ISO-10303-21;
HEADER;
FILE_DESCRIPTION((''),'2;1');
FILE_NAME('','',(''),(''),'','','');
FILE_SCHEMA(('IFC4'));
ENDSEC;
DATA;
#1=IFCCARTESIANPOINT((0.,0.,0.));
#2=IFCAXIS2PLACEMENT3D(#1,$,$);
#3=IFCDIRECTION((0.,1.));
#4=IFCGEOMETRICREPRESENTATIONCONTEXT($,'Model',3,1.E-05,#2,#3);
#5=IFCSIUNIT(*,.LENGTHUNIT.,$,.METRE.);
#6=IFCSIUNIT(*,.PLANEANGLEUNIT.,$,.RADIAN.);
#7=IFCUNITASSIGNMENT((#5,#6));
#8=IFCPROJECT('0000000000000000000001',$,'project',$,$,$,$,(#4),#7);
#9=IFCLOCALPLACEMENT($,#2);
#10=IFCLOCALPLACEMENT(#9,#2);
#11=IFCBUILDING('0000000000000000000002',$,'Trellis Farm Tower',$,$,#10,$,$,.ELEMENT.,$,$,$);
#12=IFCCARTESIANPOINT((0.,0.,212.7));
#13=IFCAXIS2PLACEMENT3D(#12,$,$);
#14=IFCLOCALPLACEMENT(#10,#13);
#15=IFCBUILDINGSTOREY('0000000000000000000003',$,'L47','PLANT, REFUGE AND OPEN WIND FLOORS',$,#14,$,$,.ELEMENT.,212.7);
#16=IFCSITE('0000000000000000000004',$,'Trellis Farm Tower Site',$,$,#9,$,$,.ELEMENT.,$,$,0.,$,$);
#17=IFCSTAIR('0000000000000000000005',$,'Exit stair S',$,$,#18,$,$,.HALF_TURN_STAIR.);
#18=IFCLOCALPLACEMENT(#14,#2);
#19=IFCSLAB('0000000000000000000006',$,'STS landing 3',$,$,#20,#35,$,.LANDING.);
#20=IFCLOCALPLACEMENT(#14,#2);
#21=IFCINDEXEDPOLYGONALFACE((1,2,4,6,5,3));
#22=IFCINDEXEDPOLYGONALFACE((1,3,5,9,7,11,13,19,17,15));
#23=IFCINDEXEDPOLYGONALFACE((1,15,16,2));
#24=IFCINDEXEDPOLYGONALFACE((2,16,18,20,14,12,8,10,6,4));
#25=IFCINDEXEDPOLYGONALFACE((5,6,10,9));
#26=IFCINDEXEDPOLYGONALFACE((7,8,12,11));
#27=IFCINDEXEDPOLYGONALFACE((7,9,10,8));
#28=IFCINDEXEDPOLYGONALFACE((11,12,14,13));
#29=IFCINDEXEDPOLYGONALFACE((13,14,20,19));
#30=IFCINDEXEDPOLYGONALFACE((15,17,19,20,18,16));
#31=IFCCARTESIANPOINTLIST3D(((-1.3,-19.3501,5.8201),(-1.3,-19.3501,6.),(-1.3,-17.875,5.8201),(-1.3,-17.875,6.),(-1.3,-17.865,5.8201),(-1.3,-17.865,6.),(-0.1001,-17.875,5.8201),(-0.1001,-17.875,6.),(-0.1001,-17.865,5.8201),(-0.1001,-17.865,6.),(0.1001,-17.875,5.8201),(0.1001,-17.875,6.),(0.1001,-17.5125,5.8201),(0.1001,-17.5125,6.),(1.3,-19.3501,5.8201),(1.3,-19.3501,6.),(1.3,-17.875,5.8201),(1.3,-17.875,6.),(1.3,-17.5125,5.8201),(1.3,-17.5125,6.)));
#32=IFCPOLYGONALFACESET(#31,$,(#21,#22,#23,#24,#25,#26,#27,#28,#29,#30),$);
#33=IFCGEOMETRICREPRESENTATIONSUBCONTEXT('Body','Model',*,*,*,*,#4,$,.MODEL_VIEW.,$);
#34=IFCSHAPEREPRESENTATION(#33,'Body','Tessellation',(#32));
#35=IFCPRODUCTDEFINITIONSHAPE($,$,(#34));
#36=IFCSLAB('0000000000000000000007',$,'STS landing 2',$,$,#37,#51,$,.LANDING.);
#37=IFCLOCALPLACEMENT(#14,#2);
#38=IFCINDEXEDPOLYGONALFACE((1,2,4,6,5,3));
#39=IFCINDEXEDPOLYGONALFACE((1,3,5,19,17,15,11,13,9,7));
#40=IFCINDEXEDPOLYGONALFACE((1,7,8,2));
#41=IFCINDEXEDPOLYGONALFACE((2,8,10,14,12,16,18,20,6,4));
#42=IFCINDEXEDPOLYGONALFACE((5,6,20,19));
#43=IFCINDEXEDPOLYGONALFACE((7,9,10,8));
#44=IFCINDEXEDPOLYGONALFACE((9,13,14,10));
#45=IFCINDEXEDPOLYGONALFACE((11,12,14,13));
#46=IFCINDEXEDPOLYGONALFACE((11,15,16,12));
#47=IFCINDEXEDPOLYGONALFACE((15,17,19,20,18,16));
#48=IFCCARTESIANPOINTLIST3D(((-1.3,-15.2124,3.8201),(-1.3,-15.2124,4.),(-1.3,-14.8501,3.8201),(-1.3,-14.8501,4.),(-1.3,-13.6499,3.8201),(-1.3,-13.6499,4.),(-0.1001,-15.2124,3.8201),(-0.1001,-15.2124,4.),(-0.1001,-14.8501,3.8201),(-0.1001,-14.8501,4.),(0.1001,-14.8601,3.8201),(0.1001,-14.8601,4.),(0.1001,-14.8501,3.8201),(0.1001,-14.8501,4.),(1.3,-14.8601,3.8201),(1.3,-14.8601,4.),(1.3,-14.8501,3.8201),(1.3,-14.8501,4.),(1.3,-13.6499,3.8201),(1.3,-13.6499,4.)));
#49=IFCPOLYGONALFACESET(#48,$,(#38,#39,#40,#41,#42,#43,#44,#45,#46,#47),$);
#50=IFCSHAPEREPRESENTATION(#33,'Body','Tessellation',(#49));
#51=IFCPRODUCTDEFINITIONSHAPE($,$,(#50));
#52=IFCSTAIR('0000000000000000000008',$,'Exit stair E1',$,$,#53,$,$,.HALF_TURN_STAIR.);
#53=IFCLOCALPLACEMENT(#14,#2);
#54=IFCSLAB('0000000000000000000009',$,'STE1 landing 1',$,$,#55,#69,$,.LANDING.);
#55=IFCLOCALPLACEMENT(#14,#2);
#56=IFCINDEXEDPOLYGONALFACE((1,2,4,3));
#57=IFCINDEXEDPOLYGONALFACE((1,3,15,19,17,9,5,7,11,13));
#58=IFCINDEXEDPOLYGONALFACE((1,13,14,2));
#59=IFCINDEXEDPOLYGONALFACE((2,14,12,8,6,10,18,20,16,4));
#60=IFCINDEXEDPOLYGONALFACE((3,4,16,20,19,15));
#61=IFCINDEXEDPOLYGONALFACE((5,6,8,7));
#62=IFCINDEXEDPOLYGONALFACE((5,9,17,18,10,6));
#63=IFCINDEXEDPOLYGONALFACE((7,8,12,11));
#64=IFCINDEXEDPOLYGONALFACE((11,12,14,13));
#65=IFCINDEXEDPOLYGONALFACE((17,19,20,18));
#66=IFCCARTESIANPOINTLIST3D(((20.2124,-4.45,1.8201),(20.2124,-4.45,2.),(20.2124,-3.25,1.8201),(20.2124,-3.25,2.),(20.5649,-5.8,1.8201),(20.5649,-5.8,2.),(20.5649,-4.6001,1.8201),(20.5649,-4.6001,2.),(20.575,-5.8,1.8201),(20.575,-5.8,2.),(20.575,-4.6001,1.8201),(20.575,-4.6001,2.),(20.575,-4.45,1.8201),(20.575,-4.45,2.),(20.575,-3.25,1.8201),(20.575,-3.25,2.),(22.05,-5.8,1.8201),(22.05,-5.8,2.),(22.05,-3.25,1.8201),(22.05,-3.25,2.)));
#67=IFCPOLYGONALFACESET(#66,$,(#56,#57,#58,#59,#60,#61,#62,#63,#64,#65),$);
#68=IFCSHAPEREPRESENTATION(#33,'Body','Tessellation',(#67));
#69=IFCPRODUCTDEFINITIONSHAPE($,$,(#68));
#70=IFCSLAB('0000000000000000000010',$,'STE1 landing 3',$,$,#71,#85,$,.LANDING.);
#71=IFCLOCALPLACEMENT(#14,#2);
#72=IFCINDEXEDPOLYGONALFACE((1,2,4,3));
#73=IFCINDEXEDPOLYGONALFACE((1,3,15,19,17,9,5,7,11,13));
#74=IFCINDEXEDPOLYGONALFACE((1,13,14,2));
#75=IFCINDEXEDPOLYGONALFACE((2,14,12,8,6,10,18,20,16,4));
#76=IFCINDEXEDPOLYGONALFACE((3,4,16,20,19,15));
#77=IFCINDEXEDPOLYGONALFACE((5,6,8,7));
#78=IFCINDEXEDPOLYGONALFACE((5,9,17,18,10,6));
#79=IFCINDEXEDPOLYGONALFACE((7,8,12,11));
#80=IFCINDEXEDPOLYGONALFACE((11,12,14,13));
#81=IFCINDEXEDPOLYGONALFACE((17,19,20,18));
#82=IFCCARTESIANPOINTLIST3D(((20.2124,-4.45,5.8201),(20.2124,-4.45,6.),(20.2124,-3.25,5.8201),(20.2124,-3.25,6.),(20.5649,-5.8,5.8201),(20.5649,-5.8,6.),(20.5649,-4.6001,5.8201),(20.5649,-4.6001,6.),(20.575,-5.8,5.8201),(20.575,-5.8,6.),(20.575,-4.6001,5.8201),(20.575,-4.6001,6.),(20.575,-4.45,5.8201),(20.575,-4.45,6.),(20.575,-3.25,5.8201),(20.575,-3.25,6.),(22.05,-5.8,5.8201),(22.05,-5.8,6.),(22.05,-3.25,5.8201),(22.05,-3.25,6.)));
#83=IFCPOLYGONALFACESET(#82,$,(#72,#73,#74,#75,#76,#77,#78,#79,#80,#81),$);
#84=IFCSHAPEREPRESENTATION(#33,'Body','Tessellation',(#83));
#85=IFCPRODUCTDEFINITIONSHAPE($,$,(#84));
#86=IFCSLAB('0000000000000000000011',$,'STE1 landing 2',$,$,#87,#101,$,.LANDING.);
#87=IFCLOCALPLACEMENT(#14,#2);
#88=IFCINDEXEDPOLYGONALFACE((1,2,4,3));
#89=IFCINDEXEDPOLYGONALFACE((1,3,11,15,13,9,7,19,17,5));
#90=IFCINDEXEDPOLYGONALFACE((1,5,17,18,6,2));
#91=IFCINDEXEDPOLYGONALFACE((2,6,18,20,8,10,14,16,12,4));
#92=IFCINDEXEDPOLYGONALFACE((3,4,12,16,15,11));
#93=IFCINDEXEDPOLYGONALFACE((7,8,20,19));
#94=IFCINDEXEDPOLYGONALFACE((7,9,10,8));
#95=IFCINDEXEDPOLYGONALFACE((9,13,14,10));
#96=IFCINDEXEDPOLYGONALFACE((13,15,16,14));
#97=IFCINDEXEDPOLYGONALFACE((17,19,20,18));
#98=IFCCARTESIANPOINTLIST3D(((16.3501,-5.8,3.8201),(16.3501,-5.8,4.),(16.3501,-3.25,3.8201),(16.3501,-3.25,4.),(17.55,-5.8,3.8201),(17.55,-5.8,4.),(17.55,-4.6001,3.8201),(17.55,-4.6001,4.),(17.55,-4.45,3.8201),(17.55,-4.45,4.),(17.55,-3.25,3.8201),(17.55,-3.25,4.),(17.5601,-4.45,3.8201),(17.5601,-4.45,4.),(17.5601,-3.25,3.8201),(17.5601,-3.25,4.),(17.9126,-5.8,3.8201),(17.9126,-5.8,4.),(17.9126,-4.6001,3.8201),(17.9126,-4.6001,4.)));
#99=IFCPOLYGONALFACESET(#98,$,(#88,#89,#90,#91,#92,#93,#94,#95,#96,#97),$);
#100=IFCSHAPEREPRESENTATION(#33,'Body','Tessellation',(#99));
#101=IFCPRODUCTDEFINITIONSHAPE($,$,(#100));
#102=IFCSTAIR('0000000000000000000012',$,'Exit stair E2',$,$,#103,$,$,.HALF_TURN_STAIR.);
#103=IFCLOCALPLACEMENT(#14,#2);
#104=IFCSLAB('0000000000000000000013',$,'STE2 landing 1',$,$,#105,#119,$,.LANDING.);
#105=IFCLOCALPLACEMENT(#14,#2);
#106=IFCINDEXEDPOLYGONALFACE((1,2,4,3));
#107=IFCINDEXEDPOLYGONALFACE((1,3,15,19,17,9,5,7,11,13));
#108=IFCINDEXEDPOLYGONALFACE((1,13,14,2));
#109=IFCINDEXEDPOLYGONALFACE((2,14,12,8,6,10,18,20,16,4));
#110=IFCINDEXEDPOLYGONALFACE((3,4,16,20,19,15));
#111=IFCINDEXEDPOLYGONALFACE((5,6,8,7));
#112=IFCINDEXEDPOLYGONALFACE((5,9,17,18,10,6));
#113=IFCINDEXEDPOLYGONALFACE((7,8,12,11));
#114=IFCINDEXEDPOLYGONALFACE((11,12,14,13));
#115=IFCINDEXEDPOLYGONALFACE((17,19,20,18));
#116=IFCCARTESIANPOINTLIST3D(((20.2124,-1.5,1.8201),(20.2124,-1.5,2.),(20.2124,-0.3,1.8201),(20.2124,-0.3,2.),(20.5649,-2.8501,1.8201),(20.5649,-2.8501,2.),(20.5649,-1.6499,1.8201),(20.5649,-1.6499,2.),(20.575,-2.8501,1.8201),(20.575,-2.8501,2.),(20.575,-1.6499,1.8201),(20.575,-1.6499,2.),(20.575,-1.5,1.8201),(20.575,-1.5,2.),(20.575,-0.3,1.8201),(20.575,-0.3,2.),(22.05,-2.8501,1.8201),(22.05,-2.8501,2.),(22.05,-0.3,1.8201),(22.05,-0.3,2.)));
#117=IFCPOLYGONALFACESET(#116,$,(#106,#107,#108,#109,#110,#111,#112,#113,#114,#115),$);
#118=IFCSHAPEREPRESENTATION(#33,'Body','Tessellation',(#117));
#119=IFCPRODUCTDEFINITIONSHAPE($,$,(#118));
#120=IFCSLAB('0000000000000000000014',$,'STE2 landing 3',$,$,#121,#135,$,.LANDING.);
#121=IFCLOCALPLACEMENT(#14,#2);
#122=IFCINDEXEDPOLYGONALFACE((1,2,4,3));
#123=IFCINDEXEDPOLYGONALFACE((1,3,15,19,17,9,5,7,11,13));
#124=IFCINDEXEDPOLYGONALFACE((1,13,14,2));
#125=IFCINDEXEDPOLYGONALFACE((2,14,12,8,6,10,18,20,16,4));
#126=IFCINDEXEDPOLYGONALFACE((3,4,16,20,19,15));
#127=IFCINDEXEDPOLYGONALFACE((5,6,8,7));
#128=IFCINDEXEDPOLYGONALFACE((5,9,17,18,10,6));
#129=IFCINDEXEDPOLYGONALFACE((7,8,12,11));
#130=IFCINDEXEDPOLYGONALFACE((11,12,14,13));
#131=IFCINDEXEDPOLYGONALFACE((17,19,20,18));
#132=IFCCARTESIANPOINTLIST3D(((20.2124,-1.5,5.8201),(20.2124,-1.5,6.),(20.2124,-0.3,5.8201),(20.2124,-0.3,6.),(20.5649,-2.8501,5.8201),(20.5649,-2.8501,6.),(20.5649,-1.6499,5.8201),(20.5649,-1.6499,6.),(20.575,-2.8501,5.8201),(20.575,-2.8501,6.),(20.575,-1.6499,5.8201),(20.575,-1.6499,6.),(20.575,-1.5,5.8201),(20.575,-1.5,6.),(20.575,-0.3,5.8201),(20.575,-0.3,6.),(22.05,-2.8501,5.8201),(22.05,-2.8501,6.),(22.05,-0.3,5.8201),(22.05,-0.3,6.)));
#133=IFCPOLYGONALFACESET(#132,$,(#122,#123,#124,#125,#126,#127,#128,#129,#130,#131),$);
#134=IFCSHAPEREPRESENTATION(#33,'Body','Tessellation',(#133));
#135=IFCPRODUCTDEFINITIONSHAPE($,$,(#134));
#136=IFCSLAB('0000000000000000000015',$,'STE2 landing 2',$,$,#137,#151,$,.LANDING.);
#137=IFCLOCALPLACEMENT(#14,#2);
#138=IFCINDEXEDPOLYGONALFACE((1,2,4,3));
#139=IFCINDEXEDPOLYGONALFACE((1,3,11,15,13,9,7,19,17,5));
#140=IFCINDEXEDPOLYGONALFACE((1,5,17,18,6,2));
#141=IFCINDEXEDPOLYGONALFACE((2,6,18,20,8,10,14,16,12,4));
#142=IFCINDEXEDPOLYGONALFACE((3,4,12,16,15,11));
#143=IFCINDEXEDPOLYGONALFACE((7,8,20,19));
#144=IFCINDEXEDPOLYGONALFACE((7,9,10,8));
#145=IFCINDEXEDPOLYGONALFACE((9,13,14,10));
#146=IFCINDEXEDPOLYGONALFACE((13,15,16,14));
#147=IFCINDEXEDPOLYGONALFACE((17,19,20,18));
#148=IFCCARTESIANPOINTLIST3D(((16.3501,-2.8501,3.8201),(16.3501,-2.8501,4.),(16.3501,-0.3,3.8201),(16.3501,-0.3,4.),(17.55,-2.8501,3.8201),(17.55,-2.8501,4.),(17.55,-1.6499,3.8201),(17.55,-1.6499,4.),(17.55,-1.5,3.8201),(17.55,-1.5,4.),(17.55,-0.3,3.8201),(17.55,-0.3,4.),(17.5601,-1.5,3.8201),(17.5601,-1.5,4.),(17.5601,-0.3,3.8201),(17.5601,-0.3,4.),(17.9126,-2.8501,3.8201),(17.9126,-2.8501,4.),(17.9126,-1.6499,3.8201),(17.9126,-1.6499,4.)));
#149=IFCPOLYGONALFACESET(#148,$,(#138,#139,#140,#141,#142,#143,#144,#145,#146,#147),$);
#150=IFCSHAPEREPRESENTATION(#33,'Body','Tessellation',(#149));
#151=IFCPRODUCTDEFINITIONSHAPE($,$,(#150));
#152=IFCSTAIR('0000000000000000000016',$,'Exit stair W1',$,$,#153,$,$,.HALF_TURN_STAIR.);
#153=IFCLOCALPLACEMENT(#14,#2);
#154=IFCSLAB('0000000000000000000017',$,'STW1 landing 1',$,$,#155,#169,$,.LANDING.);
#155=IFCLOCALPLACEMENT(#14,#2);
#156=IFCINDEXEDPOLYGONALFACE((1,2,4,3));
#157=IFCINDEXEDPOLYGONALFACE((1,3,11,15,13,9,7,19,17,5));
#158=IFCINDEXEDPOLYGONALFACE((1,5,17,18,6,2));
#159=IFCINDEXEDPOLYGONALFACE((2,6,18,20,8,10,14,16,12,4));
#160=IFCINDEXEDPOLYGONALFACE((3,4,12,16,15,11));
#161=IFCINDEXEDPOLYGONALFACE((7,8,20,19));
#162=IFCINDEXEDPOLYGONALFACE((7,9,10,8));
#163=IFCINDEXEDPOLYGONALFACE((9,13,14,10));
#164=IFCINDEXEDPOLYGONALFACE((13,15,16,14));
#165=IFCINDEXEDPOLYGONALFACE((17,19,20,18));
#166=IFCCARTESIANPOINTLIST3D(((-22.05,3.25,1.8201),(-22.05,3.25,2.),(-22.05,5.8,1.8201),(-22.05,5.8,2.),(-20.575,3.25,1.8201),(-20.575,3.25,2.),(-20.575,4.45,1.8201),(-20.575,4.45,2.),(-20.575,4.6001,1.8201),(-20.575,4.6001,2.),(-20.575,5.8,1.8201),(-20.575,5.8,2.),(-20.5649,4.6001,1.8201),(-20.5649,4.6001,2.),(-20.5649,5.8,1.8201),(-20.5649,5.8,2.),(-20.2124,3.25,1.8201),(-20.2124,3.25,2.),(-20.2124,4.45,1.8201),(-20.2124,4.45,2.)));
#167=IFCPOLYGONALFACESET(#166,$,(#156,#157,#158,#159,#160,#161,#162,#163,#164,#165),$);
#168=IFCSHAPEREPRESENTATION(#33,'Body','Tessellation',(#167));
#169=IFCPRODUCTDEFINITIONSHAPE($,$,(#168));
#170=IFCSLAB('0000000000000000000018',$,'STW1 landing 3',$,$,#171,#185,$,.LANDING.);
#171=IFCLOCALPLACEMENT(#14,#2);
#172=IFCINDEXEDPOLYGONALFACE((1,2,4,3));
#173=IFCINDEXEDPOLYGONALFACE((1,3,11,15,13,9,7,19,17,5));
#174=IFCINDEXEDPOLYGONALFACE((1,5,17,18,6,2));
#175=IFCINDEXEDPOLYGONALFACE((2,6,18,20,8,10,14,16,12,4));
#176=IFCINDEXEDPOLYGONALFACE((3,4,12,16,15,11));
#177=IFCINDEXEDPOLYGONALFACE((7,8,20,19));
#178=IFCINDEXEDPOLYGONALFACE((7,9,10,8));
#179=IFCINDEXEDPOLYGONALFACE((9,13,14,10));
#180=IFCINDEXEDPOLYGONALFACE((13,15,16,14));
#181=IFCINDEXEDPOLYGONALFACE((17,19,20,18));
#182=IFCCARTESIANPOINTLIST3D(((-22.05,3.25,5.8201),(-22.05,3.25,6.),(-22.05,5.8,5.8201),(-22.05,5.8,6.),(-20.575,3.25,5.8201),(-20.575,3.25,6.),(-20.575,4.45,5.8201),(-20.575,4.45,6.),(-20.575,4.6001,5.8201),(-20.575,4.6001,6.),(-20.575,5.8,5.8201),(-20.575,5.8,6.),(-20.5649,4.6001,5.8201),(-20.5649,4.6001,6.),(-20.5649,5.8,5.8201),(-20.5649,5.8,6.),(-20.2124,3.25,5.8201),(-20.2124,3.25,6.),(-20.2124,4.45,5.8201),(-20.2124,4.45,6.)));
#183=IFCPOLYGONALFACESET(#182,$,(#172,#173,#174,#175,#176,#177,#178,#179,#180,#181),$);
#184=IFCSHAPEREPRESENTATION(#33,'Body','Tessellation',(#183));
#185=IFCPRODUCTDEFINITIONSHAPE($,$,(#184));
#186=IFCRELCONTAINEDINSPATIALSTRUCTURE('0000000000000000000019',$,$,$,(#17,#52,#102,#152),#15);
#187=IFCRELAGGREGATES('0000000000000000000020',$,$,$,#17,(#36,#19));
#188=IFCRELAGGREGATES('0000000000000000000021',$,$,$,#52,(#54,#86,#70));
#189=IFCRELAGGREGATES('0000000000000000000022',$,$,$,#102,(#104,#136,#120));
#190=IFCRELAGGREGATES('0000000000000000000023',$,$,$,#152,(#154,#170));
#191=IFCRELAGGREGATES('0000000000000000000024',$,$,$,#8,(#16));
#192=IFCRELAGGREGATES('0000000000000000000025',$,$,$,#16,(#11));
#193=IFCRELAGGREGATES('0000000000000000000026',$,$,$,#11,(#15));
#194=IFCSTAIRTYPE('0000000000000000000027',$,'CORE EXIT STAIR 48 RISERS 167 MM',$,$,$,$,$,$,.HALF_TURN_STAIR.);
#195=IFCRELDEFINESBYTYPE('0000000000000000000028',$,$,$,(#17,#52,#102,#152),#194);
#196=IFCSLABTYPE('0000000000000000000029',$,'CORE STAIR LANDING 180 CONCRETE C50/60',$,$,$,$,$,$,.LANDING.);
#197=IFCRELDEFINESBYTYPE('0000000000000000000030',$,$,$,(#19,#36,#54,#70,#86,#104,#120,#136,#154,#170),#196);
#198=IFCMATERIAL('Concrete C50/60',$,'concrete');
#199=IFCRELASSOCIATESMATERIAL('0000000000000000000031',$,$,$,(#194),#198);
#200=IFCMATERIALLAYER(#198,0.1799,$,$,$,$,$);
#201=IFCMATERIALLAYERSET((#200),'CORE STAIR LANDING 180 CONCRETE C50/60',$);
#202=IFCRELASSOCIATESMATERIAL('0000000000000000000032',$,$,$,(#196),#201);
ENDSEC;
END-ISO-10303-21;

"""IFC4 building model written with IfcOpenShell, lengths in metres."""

from ifc_helpers import new_model, si_unit, direction, frame, origin, place, context, subcontext, project, spatial, polyline, outline, extrude, source, transform, mapped, material, layer, layer_set, type_object, element, aggregate, save


model = new_model("IFC4")

# Units and contexts
model_context = context("Model", 3, precision=1e-05, world=origin(), true_north=direction((0.0, 1.0)))
body_context = subcontext(model_context, "Body", "Model", "MODEL_VIEW")
ifc_project = project(units=[si_unit("LENGTHUNIT", "METRE"), si_unit("PLANEANGLEUNIT", "RADIAN")], contexts=[model_context])

# Site, building, storey
site_placement = place(None, origin())
site = spatial("IfcSite", under=ifc_project, at=site_placement, Name="Trellis Farm Tower Site", CompositionType="ELEMENT", RefElevation=0.0)
building_placement = place(site_placement, origin())
building = spatial("IfcBuilding", under=site, at=building_placement, Name="Trellis Farm Tower", CompositionType="ELEMENT")
storey_placement = place(building_placement, frame((0.0, 0.0, 212.7)))
storey = spatial("IfcBuildingStorey", under=building, at=storey_placement, Name="L47", Description="PLANT, REFUGE AND OPEN WIND FLOORS", CompositionType="ELEMENT", Elevation=212.7)

# Stairs, slabs
ifc_material_1 = material(Name="Concrete C50/60", Category="concrete")
stair_type = type_object("IfcStairType", Name="CORE EXIT STAIR 48 RISERS 167 MM", PredefinedType="HALF_TURN_STAIR", material=ifc_material_1)
placement_1 = place(storey_placement, origin())
ifc_layer_1 = layer(ifc_material_1, 0.1799)
ifc_layer_set_1 = layer_set([ifc_layer_1], Name="CORE STAIR LANDING 180 CONCRETE C50/60")
slab_type = type_object("IfcSlabType", Name="CORE STAIR LANDING 180 CONCRETE C50/60", PredefinedType="LANDING", material=ifc_layer_set_1)
placement_2 = place(storey_placement, frame((0.0, 0.0, 5.8201)))
placement_3 = place(storey_placement, frame((0.0, 0.0, 3.8201)))
stair_1 = element("IfcStair", 1, at=placement_1, inside=storey, type_object=stair_type, Name="Exit stair S", PredefinedType="HALF_TURN_STAIR")
shared_shape_1 = source(origin(), body_context, "Body", "SweptSolid", [
    extrude(outline(polyline([(1.3, -19.3501), (-1.3, -19.3501), (-1.3, -17.875), (-1.3, -17.865), (-0.1001, -17.865), (-0.1001, -17.875), (0.1001, -17.875), (0.1001, -17.5125), (1.3, -17.5125), (1.3, -17.875), (1.3, -19.3501)])), origin(), (0.0, 0.0, 1.0), 0.1799),
])
placement_4 = place(storey_placement, frame((0.0, 0.0, 1.8201)))
slab_1 = element("IfcSlab", 2, at=placement_2, type_object=slab_type, Name="STS landing 3", PredefinedType="LANDING", context=body_context, shape_type="MappedRepresentation", body=[
    mapped(shared_shape_1, transform((0.0, 0.0, 0.0))),
])
shared_shape_2 = source(origin(), body_context, "Body", "SweptSolid", [
    extrude(outline(polyline([(-0.1001, -15.2124), (-1.3, -15.2124), (-1.3, -14.8501), (-1.3, -13.6499), (1.3, -13.6499), (1.3, -14.8501), (1.3, -14.8601), (0.1001, -14.8601), (0.1001, -14.8501), (-0.1001, -14.8501), (-0.1001, -15.2124)])), origin(), (0.0, 0.0, 1.0), 0.1799),
])
slab_2 = element("IfcSlab", 3, at=placement_3, type_object=slab_type, Name="STS landing 2", PredefinedType="LANDING", context=body_context, shape_type="MappedRepresentation", body=[
    mapped(shared_shape_2, transform((0.0, 0.0, 0.0))),
])
aggregate(stair_1, [slab_2, slab_1])
stair_2 = element("IfcStair", 4, at=placement_1, inside=storey, type_object=stair_type, Name="Exit stair E1", PredefinedType="HALF_TURN_STAIR")
shared_shape_3 = source(origin(), body_context, "Body", "SweptSolid", [
    extrude(outline(polyline([(20.5649, -5.8), (20.5649, -4.6001), (20.575, -4.6001), (20.575, -4.45), (20.2124, -4.45), (20.2124, -3.25), (20.575, -3.25), (22.05, -3.25), (22.05, -5.8), (20.575, -5.8), (20.5649, -5.8)])), origin(), (0.0, 0.0, 1.0), 0.1799),
])
slab_3 = element("IfcSlab", 5, at=placement_4, type_object=slab_type, Name="STE1 landing 1", PredefinedType="LANDING", context=body_context, shape_type="MappedRepresentation", body=[
    mapped(shared_shape_3, transform((0.0, 0.0, 0.0))),
])
slab_4 = element("IfcSlab", 6, at=placement_2, type_object=slab_type, Name="STE1 landing 3", PredefinedType="LANDING", context=body_context, shape_type="MappedRepresentation", body=[
    mapped(shared_shape_3, transform((0.0, 0.0, 0.0))),
])
shared_shape_4 = source(origin(), body_context, "Body", "SweptSolid", [
    extrude(outline(polyline([(17.9126, -4.6001), (17.9126, -5.8), (17.55, -5.8), (16.3501, -5.8), (16.3501, -3.25), (17.55, -3.25), (17.5601, -3.25), (17.5601, -4.45), (17.55, -4.45), (17.55, -4.6001), (17.9126, -4.6001)])), origin(), (0.0, 0.0, 1.0), 0.1799),
])
slab_5 = element("IfcSlab", 7, at=placement_3, type_object=slab_type, Name="STE1 landing 2", PredefinedType="LANDING", context=body_context, shape_type="MappedRepresentation", body=[
    mapped(shared_shape_4, transform((0.0, 0.0, 0.0))),
])
aggregate(stair_2, [slab_3, slab_5, slab_4])
stair_3 = element("IfcStair", 8, at=placement_1, inside=storey, type_object=stair_type, Name="Exit stair E2", PredefinedType="HALF_TURN_STAIR")
shared_shape_5 = source(origin(), body_context, "Body", "SweptSolid", [
    extrude(outline(polyline([(20.5649, -2.8501), (20.5649, -1.6499), (20.575, -1.6499), (20.575, -1.5), (20.2124, -1.5), (20.2124, -0.3), (20.575, -0.3), (22.05, -0.3), (22.05, -2.8501), (20.575, -2.8501), (20.5649, -2.8501)])), origin(), (0.0, 0.0, 1.0), 0.1799),
])
slab_6 = element("IfcSlab", 9, at=placement_4, type_object=slab_type, Name="STE2 landing 1", PredefinedType="LANDING", context=body_context, shape_type="MappedRepresentation", body=[
    mapped(shared_shape_5, transform((0.0, 0.0, 0.0))),
])
slab_7 = element("IfcSlab", 10, at=placement_2, type_object=slab_type, Name="STE2 landing 3", PredefinedType="LANDING", context=body_context, shape_type="MappedRepresentation", body=[
    mapped(shared_shape_5, transform((0.0, 0.0, 0.0))),
])
shared_shape_6 = source(origin(), body_context, "Body", "SweptSolid", [
    extrude(outline(polyline([(17.9126, -1.6499), (17.9126, -2.8501), (17.55, -2.8501), (16.3501, -2.8501), (16.3501, -0.3), (17.55, -0.3), (17.5601, -0.3), (17.5601, -1.5), (17.55, -1.5), (17.55, -1.6499), (17.9126, -1.6499)])), origin(), (0.0, 0.0, 1.0), 0.1799),
])
slab_8 = element("IfcSlab", 11, at=placement_3, type_object=slab_type, Name="STE2 landing 2", PredefinedType="LANDING", context=body_context, shape_type="MappedRepresentation", body=[
    mapped(shared_shape_6, transform((0.0, 0.0, 0.0))),
])
aggregate(stair_3, [slab_6, slab_8, slab_7])
stair_4 = element("IfcStair", 12, at=placement_1, inside=storey, type_object=stair_type, Name="Exit stair W1", PredefinedType="HALF_TURN_STAIR")
shared_shape_7 = source(origin(), body_context, "Body", "SweptSolid", [
    extrude(outline(polyline([(-20.2124, 4.45), (-20.2124, 3.25), (-20.575, 3.25), (-22.05, 3.25), (-22.05, 5.8), (-20.575, 5.8), (-20.5649, 5.8), (-20.5649, 4.6001), (-20.575, 4.6001), (-20.575, 4.45), (-20.2124, 4.45)])), origin(), (0.0, 0.0, 1.0), 0.1799),
])
slab_9 = element("IfcSlab", 13, at=placement_4, type_object=slab_type, Name="STW1 landing 1", PredefinedType="LANDING", context=body_context, shape_type="MappedRepresentation", body=[
    mapped(shared_shape_7, transform((0.0, 0.0, 0.0))),
])
slab_10 = element("IfcSlab", 14, at=placement_2, type_object=slab_type, Name="STW1 landing 3", PredefinedType="LANDING", context=body_context, shape_type="MappedRepresentation", body=[
    mapped(shared_shape_7, transform((0.0, 0.0, 0.0))),
])
aggregate(stair_4, [slab_9, slab_10])

save(model, "model.ifc")
